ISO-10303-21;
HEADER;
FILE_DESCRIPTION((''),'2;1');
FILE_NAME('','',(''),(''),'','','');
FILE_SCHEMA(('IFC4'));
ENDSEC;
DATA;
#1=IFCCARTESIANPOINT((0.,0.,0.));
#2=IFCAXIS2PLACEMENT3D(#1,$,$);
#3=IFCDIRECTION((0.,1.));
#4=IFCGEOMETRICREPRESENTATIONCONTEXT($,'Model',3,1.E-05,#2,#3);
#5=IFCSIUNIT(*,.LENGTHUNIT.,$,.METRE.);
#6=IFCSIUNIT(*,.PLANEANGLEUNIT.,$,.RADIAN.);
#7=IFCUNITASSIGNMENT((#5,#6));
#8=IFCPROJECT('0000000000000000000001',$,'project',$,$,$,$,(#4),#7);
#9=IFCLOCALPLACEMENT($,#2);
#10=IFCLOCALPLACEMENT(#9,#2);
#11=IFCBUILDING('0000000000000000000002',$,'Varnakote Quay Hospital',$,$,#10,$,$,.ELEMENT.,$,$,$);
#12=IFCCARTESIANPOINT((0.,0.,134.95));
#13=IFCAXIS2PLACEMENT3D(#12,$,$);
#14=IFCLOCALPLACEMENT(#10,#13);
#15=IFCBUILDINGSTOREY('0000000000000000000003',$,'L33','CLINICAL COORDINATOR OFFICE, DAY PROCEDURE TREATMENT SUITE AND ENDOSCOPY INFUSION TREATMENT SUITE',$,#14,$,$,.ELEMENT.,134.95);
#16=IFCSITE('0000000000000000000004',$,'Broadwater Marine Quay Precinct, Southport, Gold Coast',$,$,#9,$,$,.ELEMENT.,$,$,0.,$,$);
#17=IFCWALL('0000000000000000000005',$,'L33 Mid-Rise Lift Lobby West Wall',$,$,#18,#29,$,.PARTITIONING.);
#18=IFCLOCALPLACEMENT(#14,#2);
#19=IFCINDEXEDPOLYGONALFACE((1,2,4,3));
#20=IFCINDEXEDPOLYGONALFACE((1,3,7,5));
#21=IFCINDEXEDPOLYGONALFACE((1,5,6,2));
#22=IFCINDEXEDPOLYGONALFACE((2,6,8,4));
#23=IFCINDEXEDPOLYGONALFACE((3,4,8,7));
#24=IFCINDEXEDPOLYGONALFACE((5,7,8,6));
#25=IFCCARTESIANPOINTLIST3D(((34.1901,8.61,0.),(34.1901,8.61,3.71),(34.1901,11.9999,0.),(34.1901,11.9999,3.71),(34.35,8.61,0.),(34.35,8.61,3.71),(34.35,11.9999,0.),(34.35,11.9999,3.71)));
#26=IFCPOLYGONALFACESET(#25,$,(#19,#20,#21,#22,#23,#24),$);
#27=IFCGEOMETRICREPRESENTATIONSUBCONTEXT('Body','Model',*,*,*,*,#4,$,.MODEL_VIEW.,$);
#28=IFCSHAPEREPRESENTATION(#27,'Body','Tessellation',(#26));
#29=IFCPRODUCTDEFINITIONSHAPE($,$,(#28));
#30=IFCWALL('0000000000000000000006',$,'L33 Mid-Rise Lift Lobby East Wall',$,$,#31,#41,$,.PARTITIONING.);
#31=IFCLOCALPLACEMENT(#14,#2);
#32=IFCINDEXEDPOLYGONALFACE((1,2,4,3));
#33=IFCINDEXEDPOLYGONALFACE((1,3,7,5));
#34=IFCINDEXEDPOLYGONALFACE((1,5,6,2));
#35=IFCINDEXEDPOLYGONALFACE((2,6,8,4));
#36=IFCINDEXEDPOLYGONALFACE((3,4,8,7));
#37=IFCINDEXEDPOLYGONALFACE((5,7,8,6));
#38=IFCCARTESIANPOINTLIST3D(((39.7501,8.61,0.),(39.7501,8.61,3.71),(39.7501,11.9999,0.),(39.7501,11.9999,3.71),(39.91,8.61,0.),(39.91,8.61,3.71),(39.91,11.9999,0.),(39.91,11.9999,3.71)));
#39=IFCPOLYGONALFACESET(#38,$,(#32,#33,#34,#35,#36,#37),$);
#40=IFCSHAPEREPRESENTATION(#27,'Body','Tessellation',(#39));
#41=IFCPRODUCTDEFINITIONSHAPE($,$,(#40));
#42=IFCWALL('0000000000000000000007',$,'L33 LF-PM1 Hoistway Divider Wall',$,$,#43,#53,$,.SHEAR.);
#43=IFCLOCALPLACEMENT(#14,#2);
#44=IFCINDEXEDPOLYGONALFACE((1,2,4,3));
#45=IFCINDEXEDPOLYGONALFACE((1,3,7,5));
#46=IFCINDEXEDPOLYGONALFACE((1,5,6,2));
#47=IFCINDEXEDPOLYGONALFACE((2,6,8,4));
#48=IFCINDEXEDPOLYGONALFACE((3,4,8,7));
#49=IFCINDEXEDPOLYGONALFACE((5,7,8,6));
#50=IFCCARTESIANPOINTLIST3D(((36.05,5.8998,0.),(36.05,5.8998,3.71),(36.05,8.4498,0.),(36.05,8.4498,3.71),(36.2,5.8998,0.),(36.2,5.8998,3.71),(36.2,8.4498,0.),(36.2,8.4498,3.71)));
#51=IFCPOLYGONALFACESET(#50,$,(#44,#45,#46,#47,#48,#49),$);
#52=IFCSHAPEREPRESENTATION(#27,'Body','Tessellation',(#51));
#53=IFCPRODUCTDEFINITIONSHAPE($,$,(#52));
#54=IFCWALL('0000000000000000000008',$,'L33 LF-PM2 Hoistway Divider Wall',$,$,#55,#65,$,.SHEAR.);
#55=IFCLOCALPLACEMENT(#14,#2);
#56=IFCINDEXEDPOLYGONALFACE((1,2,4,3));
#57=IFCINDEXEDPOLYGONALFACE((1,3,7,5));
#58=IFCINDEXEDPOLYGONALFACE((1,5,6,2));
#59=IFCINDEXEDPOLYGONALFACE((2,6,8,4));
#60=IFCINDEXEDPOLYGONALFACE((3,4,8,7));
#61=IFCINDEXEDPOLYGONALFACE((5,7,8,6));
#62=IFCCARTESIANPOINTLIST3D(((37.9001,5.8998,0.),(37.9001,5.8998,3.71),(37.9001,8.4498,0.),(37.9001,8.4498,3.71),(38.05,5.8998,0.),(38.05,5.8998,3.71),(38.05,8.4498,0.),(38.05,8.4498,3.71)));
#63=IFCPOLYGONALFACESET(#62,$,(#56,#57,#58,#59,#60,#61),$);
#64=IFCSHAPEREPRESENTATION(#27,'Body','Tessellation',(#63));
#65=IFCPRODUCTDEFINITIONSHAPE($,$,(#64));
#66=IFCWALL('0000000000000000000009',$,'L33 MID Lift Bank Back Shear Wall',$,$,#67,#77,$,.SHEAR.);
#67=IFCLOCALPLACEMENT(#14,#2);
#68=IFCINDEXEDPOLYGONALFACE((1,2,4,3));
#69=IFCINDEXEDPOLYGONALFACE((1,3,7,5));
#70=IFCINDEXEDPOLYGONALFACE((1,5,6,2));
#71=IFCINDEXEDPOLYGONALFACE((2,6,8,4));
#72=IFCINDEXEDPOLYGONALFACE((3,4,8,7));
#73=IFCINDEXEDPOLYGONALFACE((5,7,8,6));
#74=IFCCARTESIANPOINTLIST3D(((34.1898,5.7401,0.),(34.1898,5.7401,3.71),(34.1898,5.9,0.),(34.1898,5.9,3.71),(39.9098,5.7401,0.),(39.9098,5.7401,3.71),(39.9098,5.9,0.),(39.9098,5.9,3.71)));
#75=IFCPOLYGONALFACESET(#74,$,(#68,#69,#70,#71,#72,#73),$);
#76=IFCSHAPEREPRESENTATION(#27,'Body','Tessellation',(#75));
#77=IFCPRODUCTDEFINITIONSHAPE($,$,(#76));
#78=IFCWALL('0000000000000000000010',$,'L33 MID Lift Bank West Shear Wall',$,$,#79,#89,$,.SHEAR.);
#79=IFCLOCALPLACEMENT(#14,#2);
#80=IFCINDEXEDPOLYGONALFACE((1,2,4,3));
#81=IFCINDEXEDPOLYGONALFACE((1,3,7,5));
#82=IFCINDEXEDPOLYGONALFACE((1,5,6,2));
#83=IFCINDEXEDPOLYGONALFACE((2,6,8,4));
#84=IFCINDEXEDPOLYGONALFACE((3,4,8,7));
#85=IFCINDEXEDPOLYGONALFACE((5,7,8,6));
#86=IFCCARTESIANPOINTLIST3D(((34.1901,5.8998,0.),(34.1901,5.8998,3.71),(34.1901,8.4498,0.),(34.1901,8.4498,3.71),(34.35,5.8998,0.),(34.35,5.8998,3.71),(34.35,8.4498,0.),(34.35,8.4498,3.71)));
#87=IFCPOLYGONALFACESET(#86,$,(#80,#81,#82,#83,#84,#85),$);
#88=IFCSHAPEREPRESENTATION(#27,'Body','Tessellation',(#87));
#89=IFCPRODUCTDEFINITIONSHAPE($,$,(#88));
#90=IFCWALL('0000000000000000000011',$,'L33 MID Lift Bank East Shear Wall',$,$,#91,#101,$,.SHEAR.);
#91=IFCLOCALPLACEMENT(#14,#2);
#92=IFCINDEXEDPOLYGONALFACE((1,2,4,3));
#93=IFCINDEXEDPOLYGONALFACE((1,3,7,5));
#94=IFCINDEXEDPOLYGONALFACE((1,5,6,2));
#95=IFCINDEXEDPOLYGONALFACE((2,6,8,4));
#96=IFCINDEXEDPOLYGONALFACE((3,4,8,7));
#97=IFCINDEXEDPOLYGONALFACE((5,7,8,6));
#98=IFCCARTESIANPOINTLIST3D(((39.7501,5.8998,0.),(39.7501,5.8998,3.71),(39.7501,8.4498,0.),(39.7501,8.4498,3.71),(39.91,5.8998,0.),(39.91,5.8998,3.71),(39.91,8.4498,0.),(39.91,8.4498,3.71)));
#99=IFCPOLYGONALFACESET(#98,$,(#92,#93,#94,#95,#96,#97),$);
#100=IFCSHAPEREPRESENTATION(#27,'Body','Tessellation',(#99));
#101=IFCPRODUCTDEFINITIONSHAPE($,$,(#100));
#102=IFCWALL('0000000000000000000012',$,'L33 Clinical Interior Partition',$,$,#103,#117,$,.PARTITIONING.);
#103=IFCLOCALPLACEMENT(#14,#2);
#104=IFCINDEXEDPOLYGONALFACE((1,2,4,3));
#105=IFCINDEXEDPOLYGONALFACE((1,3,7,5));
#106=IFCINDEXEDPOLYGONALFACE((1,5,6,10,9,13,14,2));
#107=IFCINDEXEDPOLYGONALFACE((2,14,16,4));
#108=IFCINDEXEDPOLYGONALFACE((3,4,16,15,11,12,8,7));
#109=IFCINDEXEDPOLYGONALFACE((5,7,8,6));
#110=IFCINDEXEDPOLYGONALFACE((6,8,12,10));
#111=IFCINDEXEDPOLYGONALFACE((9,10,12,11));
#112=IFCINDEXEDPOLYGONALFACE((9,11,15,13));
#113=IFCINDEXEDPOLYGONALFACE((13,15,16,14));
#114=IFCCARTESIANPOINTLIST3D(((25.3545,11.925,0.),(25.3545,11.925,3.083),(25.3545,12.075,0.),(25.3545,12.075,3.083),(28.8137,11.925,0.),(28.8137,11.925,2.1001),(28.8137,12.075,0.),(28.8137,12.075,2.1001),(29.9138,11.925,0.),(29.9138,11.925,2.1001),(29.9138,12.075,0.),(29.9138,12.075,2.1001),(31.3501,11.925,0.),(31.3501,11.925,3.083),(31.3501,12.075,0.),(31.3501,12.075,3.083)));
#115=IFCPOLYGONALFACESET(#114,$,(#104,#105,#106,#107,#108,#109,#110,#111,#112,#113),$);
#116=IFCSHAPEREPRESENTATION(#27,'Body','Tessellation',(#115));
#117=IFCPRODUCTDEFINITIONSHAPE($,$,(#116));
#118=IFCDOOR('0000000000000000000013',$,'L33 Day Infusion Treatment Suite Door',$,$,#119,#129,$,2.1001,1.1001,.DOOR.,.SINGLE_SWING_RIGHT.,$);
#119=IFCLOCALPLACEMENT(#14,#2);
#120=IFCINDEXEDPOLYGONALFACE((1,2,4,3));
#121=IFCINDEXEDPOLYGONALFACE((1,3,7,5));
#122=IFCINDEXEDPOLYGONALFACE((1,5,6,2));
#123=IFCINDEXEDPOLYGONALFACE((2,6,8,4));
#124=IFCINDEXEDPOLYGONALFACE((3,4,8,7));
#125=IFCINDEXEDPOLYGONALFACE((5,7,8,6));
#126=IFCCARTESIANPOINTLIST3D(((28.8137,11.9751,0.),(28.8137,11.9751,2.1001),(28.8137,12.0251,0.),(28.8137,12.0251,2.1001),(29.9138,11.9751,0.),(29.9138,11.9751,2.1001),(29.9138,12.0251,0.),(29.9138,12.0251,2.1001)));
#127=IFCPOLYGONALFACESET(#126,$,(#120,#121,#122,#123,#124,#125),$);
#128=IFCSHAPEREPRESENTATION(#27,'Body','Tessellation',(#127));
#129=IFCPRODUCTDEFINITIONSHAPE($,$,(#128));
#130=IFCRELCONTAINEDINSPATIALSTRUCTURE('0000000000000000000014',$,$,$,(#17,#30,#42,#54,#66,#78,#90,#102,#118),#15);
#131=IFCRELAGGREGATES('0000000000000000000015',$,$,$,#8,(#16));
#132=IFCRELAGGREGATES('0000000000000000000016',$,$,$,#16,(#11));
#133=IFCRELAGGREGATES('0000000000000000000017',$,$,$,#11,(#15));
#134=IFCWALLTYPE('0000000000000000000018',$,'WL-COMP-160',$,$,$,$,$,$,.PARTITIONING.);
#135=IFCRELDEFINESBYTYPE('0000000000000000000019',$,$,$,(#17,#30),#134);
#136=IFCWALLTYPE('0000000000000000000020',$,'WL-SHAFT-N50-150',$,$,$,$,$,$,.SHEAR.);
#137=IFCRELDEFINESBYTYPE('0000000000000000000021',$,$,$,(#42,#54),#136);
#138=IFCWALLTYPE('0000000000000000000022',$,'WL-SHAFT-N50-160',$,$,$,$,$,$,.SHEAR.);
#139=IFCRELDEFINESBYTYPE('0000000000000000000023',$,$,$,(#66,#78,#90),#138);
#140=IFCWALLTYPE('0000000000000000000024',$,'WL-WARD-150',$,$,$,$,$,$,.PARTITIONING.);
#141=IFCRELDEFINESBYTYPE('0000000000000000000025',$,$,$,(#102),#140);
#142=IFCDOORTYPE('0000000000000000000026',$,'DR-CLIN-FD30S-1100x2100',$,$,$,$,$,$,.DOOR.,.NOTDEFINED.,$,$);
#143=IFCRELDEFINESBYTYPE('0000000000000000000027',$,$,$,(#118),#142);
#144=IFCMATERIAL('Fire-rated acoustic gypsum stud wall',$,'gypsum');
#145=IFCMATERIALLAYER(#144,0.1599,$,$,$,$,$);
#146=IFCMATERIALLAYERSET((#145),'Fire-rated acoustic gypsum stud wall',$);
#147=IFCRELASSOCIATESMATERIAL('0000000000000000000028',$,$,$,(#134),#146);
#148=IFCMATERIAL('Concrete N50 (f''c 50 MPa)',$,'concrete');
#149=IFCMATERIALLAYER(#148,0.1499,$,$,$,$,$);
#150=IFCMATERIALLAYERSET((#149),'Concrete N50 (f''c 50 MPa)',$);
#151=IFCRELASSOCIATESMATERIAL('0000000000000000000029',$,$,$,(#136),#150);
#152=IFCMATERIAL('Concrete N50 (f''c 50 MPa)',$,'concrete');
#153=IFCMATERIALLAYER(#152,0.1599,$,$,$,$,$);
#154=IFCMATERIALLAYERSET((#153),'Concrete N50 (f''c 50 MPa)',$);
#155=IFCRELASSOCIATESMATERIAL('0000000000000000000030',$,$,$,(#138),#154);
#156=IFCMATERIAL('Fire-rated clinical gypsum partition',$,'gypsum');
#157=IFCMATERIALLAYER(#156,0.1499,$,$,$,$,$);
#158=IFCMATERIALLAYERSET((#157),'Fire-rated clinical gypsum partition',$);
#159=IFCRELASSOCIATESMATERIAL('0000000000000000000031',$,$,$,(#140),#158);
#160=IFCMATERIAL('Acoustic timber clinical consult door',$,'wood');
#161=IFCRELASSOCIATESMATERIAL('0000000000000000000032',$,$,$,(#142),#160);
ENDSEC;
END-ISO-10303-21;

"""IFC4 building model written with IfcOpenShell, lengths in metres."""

from ifc_helpers import new_model, si_unit, direction, frame, frame_2d, origin, place, context, subcontext, project, spatial, rectangle, extrude, material, layer, layer_set, type_object, element, fill, save


model = new_model("IFC4")

# Units and contexts
model_context = context("Model", 3, precision=1e-05, world=origin(), true_north=direction((0.0, 1.0)))
body_context = subcontext(model_context, "Body", "Model", "MODEL_VIEW")
ifc_project = project(units=[si_unit("LENGTHUNIT", "METRE"), si_unit("PLANEANGLEUNIT", "RADIAN")], contexts=[model_context])

# Site, building, storey
site_placement = place(None, origin())
site = spatial("IfcSite", under=ifc_project, at=site_placement, Name="Broadwater Marine Quay Precinct, Southport, Gold Coast", CompositionType="ELEMENT", RefElevation=0.0)
building_placement = place(site_placement, origin())
building = spatial("IfcBuilding", under=site, at=building_placement, Name="Varnakote Quay Hospital", CompositionType="ELEMENT")
storey_placement = place(building_placement, frame((0.0, 0.0, 134.95)))
storey = spatial("IfcBuildingStorey", under=building, at=storey_placement, Name="L33", Description="CLINICAL COORDINATOR OFFICE, DAY PROCEDURE TREATMENT SUITE AND ENDOSCOPY INFUSION TREATMENT SUITE", CompositionType="ELEMENT", Elevation=134.95)

# Walls
ifc_material_1 = material(Name="Fire-rated acoustic gypsum stud wall", Category="gypsum")
ifc_layer_1 = layer(ifc_material_1, 0.1599)
ifc_layer_set_1 = layer_set([ifc_layer_1], Name="Fire-rated acoustic gypsum stud wall")
wall_type_1 = type_object("IfcWallType", Name="WL-COMP-160", PredefinedType="PARTITIONING", material=ifc_layer_set_1)
for number, where, z_axis, x_axis, name in (
    (1, (34.27, 8.6101, 0.0), (0.0, 0.0, 1.0), (0.0, 1.0, 0.0), "L33 Mid-Rise Lift Lobby West Wall"),
    (2, (39.8301, 8.6101, 0.0), (0.0, 0.0, 1.0), (0.0, 1.0, 0.0), "L33 Mid-Rise Lift Lobby East Wall"),
):
    element("IfcWall", number, at=place(storey_placement, frame(where, z_axis=z_axis, x_axis=x_axis)), inside=storey, type_object=wall_type_1, Name=name, PredefinedType="PARTITIONING", context=body_context, shape_type="SweptSolid", body=[
        extrude(rectangle(XDim=3.3899, YDim=0.1599, at=frame_2d((1.6948, 0.0))), origin(), (0.0, 0.0, 1.0), 3.71),
    ])
ifc_material_2 = material(Name="Concrete N50 (f'c 50 MPa)", Category="concrete")
ifc_layer_2 = layer(ifc_material_2, 0.1499)
ifc_layer_set_2 = layer_set([ifc_layer_2], Name="Concrete N50 (f'c 50 MPa)")
wall_type_2 = type_object("IfcWallType", Name="WL-SHAFT-N50-150", PredefinedType="SHEAR", material=ifc_layer_set_2)
for number, where, z_axis, x_axis, name in (
    (3, (36.125, 5.8999, 0.0), (0.0, 0.0, 1.0), (0.0, 1.0, 0.0), "L33 LF-PM1 Hoistway Divider Wall"),
    (4, (37.9751, 5.8999, 0.0), (0.0, 0.0, 1.0), (0.0, 1.0, 0.0), "L33 LF-PM2 Hoistway Divider Wall"),
):
    element("IfcWall", number, at=place(storey_placement, frame(where, z_axis=z_axis, x_axis=x_axis)), inside=storey, type_object=wall_type_2, Name=name, PredefinedType="SHEAR", context=body_context, shape_type="SweptSolid", body=[
        extrude(rectangle(XDim=2.55, YDim=0.1499, at=frame_2d((1.2749, 0.0))), origin(), (0.0, 0.0, 1.0), 3.71),
    ])
ifc_material_3 = material(Name="Concrete N50 (f'c 50 MPa)", Category="concrete")
ifc_layer_3 = layer(ifc_material_3, 0.1599)
ifc_layer_set_3 = layer_set([ifc_layer_3], Name="Concrete N50 (f'c 50 MPa)")
wall_type_3 = type_object("IfcWallType", Name="WL-SHAFT-N50-160", PredefinedType="SHEAR", material=ifc_layer_set_3)
wall_1_placement = place(storey_placement, frame((34.1899, 5.8201, 0.0), z_axis=(0.0, 0.0, 1.0), x_axis=(1.0, 0.0, 0.0)))
element("IfcWall", 5, at=wall_1_placement, inside=storey, type_object=wall_type_3, Name="L33 MID Lift Bank Back Shear Wall", PredefinedType="SHEAR", context=body_context, shape_type="SweptSolid", body=[
    extrude(rectangle(XDim=5.72, YDim=0.1599, at=frame_2d((2.8599, 0.0))), origin(), (0.0, 0.0, 1.0), 3.71),
])
for number, where, z_axis, x_axis, name in (
    (6, (34.27, 5.8999, 0.0), (0.0, 0.0, 1.0), (0.0, 1.0, 0.0), "L33 MID Lift Bank West Shear Wall"),
    (7, (39.8301, 5.8999, 0.0), (0.0, 0.0, 1.0), (0.0, 1.0, 0.0), "L33 MID Lift Bank East Shear Wall"),
):
    element("IfcWall", number, at=place(storey_placement, frame(where, z_axis=z_axis, x_axis=x_axis)), inside=storey, type_object=wall_type_3, Name=name, PredefinedType="SHEAR", context=body_context, shape_type="SweptSolid", body=[
        extrude(rectangle(XDim=2.55, YDim=0.1599, at=frame_2d((1.2749, 0.0))), origin(), (0.0, 0.0, 1.0), 3.71),
    ])

# Wall, opening, door
ifc_material_4 = material(Name="Fire-rated clinical gypsum partition", Category="gypsum")
ifc_layer_4 = layer(ifc_material_4, 0.1499)
ifc_layer_set_4 = layer_set([ifc_layer_4], Name="Fire-rated clinical gypsum partition")
wall_type_4 = type_object("IfcWallType", Name="WL-WARD-150", PredefinedType="PARTITIONING", material=ifc_layer_set_4)
wall_2_placement = place(storey_placement, frame((31.3501, 12.0, 0.0), z_axis=(0.0, 0.0, 1.0), x_axis=(-1.0, 0.0, 0.0)))
wall_2 = element("IfcWall", 8, at=wall_2_placement, inside=storey, type_object=wall_type_4, Name="L33 Clinical Interior Partition", PredefinedType="PARTITIONING", context=body_context, shape_type="SweptSolid", body=[
    extrude(rectangle(XDim=5.9956, YDim=0.1499, at=frame_2d((2.9978, 0.0))), origin(), (0.0, 0.0, 1.0), 3.083),
])
opening_1_placement = place(wall_2_placement, frame((1.4363, 0.0, 0.0)))
opening_1 = element("IfcOpeningElement", 9, at=opening_1_placement, cuts=wall_2, PredefinedType="OPENING", context=body_context, shape_type="SweptSolid", body=[
    extrude(rectangle(XDim=1.1001, YDim=2.1001, at=frame_2d((0.55, 1.05))), frame((0.0, 0.085, 0.0), z_axis=(0.0, -1.0, 0.0), x_axis=(1.0, 0.0, 0.0)), (0.0, 0.0, 1.0), 0.1699),
])
ifc_material_5 = material(Name="Acoustic timber clinical consult door", Category="wood")
door_type_1 = type_object("IfcDoorType", Name="DR-CLIN-FD30S-1100x2100", OperationType="NOTDEFINED", PredefinedType="DOOR", material=ifc_material_5)
door_1_placement = place(opening_1_placement, origin())
door_1 = element("IfcDoor", 10, at=door_1_placement, inside=storey, type_object=door_type_1, Name="L33 Day Infusion Treatment Suite Door", OperationType="SINGLE_SWING_RIGHT", OverallHeight=2.1001, OverallWidth=1.1001, PredefinedType="DOOR", context=body_context, shape_type="SweptSolid", body=[
    extrude(rectangle(XDim=1.1001, YDim=2.1001, at=frame_2d((0.55, 1.05))), frame((0.0, 0.0249, 0.0), z_axis=(0.0, -1.0, 0.0), x_axis=(1.0, 0.0, 0.0)), (0.0, 0.0, 1.0), 0.05),
])
fill(opening_1, door_1)

save(model, "model.ifc")
